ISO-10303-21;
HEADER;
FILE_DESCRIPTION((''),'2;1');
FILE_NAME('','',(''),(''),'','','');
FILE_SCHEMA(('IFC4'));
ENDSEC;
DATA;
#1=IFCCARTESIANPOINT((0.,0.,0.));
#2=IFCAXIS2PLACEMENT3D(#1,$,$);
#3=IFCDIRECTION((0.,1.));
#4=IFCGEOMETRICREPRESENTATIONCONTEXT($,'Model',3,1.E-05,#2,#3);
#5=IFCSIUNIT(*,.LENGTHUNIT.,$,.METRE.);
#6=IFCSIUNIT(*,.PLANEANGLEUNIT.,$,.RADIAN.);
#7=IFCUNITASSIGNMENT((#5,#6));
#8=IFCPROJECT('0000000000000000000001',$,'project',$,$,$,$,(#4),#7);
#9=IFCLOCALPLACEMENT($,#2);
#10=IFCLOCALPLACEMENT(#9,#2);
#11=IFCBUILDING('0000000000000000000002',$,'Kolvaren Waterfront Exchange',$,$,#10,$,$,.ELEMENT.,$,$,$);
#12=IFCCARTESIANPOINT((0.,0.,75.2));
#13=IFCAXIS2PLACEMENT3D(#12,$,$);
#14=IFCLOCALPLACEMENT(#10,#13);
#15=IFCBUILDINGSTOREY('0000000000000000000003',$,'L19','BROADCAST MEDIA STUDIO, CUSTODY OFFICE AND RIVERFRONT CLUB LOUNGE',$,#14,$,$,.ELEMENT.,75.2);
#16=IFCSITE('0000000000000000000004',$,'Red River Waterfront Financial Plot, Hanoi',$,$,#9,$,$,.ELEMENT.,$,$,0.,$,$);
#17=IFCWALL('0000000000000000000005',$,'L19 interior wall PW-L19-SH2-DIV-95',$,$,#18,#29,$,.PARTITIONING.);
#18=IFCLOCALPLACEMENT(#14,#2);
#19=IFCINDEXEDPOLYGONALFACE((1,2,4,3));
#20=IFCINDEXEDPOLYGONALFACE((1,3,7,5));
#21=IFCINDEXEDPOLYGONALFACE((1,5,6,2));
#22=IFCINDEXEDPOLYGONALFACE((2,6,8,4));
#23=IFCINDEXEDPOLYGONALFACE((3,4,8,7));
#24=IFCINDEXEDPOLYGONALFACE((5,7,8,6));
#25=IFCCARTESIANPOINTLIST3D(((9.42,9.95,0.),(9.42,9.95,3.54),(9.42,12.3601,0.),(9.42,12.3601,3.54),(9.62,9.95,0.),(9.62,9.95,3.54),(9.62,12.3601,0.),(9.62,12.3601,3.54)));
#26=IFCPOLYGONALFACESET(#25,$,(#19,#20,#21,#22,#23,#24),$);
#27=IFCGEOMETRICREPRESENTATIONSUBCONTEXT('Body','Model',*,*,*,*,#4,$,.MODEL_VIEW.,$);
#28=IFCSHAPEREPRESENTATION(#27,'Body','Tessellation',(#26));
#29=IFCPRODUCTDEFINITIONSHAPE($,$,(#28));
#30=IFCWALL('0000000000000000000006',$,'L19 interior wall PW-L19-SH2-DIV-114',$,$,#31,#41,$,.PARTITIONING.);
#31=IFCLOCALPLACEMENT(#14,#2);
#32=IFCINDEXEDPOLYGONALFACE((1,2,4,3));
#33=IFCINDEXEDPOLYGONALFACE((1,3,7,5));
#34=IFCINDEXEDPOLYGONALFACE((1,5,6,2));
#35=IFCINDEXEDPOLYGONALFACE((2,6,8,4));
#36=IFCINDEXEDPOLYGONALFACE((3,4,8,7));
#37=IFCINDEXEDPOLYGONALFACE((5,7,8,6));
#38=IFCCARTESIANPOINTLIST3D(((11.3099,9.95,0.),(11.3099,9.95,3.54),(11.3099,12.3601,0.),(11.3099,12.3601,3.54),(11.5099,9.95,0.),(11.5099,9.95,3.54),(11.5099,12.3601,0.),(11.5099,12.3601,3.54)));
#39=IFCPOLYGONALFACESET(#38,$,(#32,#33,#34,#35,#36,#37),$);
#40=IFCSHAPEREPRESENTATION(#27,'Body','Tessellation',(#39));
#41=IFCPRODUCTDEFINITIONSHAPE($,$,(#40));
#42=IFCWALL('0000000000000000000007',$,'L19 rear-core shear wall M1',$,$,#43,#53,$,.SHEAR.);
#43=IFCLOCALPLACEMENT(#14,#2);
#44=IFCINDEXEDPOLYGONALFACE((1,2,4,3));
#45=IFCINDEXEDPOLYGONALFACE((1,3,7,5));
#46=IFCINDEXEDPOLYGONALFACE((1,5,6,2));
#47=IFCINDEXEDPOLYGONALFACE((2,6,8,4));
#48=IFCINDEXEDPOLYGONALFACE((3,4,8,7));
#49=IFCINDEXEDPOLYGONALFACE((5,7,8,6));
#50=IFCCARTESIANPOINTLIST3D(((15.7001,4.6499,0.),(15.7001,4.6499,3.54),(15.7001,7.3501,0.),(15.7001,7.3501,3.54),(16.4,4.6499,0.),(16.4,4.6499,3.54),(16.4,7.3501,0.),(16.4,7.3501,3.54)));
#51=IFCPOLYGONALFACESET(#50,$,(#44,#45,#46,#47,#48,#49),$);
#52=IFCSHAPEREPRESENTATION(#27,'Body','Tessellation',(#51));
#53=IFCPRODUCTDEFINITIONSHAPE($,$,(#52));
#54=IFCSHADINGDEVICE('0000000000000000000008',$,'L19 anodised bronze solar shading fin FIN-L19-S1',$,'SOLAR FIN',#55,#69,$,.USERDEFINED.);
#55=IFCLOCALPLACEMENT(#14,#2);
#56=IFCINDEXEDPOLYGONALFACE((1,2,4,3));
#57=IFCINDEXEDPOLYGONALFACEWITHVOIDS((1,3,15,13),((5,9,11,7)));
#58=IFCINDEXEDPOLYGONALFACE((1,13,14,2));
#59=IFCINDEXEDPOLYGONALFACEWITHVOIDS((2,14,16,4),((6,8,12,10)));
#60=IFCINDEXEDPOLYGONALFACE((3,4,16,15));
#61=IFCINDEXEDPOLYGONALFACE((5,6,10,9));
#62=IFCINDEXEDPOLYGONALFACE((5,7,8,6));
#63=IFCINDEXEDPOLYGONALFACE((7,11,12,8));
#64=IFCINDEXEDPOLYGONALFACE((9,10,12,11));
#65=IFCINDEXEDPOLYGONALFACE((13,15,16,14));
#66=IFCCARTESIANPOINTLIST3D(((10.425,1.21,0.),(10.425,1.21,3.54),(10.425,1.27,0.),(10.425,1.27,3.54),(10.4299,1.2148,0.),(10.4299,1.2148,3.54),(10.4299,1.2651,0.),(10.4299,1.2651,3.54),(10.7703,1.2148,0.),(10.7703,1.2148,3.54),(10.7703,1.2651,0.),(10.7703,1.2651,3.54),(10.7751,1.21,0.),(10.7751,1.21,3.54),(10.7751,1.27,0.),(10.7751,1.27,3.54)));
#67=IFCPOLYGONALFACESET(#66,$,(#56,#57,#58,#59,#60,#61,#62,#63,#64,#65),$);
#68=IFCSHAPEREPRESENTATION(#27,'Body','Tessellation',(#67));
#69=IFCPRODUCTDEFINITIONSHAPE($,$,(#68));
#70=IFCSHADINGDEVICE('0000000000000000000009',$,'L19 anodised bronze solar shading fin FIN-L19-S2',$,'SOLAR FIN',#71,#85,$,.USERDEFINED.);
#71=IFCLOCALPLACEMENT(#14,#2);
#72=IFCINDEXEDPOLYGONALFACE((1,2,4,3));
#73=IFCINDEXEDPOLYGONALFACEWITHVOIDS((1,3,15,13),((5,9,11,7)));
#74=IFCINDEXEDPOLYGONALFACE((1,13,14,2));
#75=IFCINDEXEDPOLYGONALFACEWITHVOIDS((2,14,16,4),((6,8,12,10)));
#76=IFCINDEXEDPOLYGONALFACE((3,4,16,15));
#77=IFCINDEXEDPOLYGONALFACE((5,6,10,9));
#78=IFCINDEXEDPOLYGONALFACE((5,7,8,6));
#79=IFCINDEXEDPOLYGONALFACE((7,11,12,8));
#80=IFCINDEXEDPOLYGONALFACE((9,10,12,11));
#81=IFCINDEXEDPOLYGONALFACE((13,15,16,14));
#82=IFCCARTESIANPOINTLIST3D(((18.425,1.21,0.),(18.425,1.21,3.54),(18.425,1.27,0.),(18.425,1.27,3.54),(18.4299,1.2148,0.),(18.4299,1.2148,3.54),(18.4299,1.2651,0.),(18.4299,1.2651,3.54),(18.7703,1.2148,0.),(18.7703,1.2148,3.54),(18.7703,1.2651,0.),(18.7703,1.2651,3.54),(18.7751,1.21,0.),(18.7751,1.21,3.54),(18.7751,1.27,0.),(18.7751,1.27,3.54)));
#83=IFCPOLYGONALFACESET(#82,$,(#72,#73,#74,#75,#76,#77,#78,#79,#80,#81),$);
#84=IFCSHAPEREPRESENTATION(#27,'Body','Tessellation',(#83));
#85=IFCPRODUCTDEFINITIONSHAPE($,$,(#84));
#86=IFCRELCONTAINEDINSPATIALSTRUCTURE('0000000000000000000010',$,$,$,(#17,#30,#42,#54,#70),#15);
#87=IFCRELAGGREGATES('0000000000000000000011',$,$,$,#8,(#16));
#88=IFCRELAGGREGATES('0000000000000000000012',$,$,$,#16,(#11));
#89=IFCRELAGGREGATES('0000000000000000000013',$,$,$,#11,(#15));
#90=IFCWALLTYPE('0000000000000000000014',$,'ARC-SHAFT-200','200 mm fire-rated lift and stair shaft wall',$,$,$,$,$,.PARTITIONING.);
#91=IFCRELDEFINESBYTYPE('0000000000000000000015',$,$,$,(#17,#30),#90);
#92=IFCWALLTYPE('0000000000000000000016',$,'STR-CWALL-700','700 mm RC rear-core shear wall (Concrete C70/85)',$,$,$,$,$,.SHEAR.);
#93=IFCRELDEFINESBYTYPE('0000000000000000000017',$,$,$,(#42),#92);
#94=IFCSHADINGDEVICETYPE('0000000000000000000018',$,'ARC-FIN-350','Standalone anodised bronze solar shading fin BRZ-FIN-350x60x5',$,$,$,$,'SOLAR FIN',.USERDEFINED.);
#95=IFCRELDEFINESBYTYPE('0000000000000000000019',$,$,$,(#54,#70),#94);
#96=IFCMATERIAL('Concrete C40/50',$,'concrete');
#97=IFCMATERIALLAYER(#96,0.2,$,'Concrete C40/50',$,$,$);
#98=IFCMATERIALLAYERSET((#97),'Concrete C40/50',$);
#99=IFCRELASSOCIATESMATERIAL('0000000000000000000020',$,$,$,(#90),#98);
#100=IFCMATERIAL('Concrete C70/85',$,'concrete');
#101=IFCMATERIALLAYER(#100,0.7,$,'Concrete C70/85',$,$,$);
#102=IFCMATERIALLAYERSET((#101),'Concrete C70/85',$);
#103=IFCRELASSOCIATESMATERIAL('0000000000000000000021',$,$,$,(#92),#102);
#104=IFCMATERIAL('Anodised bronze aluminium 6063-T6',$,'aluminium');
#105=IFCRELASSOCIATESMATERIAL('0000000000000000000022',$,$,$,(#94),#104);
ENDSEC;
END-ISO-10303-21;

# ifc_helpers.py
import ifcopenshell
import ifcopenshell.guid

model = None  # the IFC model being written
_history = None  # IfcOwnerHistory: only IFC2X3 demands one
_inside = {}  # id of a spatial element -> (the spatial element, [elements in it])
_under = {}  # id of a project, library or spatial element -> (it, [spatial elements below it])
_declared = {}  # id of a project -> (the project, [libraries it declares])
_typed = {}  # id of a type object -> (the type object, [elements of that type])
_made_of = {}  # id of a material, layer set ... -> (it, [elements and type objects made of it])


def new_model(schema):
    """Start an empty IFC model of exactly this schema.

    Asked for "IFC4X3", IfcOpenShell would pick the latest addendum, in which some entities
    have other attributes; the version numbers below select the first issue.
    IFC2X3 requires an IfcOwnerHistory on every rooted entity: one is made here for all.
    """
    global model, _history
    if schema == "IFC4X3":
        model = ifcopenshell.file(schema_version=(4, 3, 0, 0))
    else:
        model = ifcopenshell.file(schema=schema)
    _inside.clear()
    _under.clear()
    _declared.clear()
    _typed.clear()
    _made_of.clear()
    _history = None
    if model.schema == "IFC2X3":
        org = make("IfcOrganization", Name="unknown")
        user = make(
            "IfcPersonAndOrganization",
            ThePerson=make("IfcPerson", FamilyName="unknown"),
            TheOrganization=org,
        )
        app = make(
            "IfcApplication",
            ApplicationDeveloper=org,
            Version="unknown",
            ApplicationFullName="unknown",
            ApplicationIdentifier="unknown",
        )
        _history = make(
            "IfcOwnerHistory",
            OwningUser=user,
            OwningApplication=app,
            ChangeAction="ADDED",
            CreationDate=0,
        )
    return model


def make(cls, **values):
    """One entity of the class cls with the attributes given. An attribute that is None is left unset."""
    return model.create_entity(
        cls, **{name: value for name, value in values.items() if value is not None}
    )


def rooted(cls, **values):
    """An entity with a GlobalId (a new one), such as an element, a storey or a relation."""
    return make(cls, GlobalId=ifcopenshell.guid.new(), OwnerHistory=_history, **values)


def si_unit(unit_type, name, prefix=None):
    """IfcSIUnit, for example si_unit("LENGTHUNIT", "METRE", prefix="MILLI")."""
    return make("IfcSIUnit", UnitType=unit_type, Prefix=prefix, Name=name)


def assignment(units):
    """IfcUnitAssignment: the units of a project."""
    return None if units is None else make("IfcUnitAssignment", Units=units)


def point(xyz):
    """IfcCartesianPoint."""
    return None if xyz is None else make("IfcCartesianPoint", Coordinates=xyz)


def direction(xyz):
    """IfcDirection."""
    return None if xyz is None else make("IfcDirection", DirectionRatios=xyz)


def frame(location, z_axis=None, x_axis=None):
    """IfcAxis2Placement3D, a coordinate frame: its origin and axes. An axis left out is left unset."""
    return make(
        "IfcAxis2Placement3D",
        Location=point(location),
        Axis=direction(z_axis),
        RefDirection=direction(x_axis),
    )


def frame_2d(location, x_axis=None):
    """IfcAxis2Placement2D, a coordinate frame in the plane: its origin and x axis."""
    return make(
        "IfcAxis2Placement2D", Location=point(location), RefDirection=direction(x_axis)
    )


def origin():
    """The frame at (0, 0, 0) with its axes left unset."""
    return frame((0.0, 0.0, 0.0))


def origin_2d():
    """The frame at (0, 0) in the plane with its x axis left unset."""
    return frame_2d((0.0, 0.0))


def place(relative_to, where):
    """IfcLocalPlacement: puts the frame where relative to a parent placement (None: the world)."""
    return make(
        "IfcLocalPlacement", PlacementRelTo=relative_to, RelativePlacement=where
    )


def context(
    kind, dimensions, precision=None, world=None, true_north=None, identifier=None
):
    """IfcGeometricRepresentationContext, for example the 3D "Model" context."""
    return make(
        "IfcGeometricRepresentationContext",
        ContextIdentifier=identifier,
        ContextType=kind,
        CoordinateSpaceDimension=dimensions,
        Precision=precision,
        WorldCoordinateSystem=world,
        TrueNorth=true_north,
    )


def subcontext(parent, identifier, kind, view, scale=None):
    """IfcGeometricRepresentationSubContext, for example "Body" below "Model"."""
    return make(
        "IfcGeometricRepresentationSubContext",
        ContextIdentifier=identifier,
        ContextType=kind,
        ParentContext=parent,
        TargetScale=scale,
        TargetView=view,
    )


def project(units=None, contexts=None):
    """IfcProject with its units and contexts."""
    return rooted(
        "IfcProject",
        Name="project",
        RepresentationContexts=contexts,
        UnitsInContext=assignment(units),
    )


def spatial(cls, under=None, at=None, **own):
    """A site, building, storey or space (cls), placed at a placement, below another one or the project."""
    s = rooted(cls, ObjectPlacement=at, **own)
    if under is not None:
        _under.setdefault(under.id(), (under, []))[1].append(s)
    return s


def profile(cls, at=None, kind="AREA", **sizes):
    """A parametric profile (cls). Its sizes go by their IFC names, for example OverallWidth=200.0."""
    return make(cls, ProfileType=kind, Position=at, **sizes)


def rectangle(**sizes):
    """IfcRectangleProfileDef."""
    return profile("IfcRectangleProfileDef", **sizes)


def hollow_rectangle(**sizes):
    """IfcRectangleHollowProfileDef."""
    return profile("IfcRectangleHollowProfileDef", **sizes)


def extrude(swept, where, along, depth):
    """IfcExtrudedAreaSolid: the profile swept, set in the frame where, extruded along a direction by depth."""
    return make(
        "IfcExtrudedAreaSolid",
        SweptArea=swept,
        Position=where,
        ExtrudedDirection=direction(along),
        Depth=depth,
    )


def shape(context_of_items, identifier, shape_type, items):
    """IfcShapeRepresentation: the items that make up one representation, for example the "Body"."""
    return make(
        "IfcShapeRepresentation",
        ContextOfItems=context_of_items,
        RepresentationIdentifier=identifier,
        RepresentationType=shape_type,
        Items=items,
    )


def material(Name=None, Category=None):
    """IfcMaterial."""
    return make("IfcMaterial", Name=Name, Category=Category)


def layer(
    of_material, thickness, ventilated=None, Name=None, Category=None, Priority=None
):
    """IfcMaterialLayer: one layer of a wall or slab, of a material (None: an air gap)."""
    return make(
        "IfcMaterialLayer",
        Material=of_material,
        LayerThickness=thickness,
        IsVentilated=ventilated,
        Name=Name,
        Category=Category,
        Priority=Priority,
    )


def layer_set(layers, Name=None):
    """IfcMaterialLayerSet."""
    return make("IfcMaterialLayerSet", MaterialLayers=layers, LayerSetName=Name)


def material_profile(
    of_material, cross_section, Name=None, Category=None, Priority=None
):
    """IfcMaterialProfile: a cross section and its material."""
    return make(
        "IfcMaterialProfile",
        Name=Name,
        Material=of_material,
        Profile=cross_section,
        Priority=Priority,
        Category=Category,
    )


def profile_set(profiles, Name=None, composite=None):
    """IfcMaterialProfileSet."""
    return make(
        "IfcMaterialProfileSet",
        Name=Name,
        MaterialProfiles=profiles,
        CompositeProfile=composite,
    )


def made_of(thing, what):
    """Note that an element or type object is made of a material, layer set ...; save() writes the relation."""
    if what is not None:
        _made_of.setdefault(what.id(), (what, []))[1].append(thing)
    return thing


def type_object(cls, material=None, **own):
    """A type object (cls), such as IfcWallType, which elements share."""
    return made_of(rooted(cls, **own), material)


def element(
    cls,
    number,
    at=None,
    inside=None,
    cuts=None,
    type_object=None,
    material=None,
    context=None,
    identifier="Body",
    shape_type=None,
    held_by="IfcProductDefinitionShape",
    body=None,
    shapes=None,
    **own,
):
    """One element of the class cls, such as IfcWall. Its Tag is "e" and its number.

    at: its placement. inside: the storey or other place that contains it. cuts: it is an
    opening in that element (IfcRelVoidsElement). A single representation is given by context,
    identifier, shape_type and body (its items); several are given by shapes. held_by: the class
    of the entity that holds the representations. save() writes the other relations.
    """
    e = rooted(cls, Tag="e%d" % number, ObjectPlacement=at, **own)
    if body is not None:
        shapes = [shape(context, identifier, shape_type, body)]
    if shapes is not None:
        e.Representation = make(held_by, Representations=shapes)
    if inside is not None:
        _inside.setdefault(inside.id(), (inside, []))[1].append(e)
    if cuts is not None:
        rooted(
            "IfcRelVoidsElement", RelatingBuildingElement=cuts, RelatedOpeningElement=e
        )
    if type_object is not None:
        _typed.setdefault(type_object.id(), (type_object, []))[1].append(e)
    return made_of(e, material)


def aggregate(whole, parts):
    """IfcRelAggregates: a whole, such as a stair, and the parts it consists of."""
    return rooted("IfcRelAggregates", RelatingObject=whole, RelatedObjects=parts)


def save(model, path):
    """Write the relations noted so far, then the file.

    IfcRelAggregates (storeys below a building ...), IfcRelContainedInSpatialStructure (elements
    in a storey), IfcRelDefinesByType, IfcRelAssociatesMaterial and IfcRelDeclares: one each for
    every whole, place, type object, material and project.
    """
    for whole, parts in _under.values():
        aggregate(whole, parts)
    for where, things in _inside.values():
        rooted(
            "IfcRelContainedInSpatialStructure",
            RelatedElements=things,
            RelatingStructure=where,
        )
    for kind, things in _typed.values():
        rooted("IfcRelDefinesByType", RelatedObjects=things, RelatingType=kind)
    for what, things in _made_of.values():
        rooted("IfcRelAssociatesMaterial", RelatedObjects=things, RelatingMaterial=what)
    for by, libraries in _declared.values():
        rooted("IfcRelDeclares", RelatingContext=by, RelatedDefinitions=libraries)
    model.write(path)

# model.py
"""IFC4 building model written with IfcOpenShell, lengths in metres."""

from ifc_helpers import new_model, si_unit, direction, frame, frame_2d, origin, origin_2d, place, context, subcontext, project, spatial, rectangle, hollow_rectangle, extrude, material, layer, layer_set, material_profile, profile_set, type_object, element, save


model = new_model("IFC4")

# Units and contexts
model_context = context("Model", 3, precision=1e-05, world=origin(), true_north=direction((0.0, 1.0)))
body_context = subcontext(model_context, "Body", "Model", "MODEL_VIEW")
ifc_project = project(units=[si_unit("LENGTHUNIT", "METRE"), si_unit("PLANEANGLEUNIT", "RADIAN")], contexts=[model_context])

# Site, building, storey
site_placement = place(None, origin())
site = spatial("IfcSite", under=ifc_project, at=site_placement, Name="Red River Waterfront Financial Plot, Hanoi", CompositionType="ELEMENT", RefElevation=0.0)
building_placement = place(site_placement, origin())
building = spatial("IfcBuilding", under=site, at=building_placement, Name="Kolvaren Waterfront Exchange", CompositionType="ELEMENT")
storey_placement = place(building_placement, frame((0.0, 0.0, 75.2)))
storey = spatial("IfcBuildingStorey", under=building, at=storey_placement, Name="L19", Description="BROADCAST MEDIA STUDIO, CUSTODY OFFICE AND RIVERFRONT CLUB LOUNGE", CompositionType="ELEMENT", Elevation=75.2)

# Shared definitions
ifc_material_1 = material(Name="Concrete C70/85", Category="concrete")

# Shared definitions
ifc_material_2 = material(Name="Anodised bronze aluminium 6063-T6", Category="aluminium")

# Walls
ifc_material_3 = material(Name="Concrete C40/50", Category="concrete")
ifc_layer_1 = layer(ifc_material_3, 0.2, Name="Concrete C40/50")
ifc_layer_set_1 = layer_set([ifc_layer_1], Name="Concrete C40/50")
wall_type_1 = type_object("IfcWallType", Name="ARC-SHAFT-200", Description="200 mm fire-rated lift and stair shaft wall", PredefinedType="PARTITIONING", material=ifc_layer_set_1)
for number, where, z_axis, x_axis, name in (
    (1, (9.52, 9.95, 0.0), (0.0, 0.0, 1.0), (0.0, 1.0, 0.0), "L19 interior wall PW-L19-SH2-DIV-95"),
    (2, (11.4099, 9.95, 0.0), (0.0, 0.0, 1.0), (0.0, 1.0, 0.0), "L19 interior wall PW-L19-SH2-DIV-114"),
):
    element("IfcWall", number, at=place(storey_placement, frame(where, z_axis=z_axis, x_axis=x_axis)), inside=storey, type_object=wall_type_1, Name=name, PredefinedType="PARTITIONING", context=body_context, shape_type="SweptSolid", body=[
        extrude(rectangle(XDim=2.4102, YDim=0.2, at=frame_2d((1.2051, 0.0))), origin(), (0.0, 0.0, 1.0), 3.54),
    ])
ifc_layer_2 = layer(ifc_material_1, 0.7, Name="Concrete C70/85")
ifc_layer_set_2 = layer_set([ifc_layer_2], Name="Concrete C70/85")
wall_type_2 = type_object("IfcWallType", Name="STR-CWALL-700", Description="700 mm RC rear-core shear wall (Concrete C70/85)", PredefinedType="SHEAR", material=ifc_layer_set_2)
wall_1_placement = place(storey_placement, frame((16.05, 4.6499, 0.0), z_axis=(0.0, 0.0, 1.0), x_axis=(0.0, 1.0, 0.0)))
element("IfcWall", 3, at=wall_1_placement, inside=storey, type_object=wall_type_2, Name="L19 rear-core shear wall M1", PredefinedType="SHEAR", context=body_context, shape_type="SweptSolid", body=[
    extrude(rectangle(XDim=2.7002, YDim=0.7, at=frame_2d((1.3501, 0.0))), origin(), (0.0, 0.0, 1.0), 3.54),
])

# Shading devices
ifc_material_profile_1 = material_profile(ifc_material_2, hollow_rectangle(XDim=0.0601, YDim=0.3501, WallThickness=0.0049, at=origin_2d()), Name="BRZ-FIN-350x60x5")
ifc_profile_set_1 = profile_set([ifc_material_profile_1], Name="Anodised bronze aluminium 6063-T6")
shading_device_type = type_object("IfcShadingDeviceType", Name="ARC-FIN-350", Description="Standalone anodised bronze solar shading fin BRZ-FIN-350x60x5", ElementType="SOLAR FIN", PredefinedType="USERDEFINED", material=ifc_profile_set_1)
for number, where, z_axis, x_axis, name in (
    (4, (10.6001, 1.24, 0.0), (0.0, 0.0, 1.0), (0.0, -1.0, 0.0), "L19 anodised bronze solar shading fin FIN-L19-S1"),
    (5, (18.6001, 1.24, 0.0), (0.0, 0.0, 1.0), (0.0, -1.0, 0.0), "L19 anodised bronze solar shading fin FIN-L19-S2"),
):
    element("IfcShadingDevice", number, at=place(storey_placement, frame(where, z_axis=z_axis, x_axis=x_axis)), inside=storey, type_object=shading_device_type, Name=name, ObjectType="SOLAR FIN", PredefinedType="USERDEFINED", context=body_context, shape_type="SweptSolid", body=[
        extrude(hollow_rectangle(XDim=0.0601, YDim=0.3501, WallThickness=0.0049, at=origin_2d()), origin(), (0.0, 0.0, 1.0), 3.54),
    ])

save(model, "model.ifc")
